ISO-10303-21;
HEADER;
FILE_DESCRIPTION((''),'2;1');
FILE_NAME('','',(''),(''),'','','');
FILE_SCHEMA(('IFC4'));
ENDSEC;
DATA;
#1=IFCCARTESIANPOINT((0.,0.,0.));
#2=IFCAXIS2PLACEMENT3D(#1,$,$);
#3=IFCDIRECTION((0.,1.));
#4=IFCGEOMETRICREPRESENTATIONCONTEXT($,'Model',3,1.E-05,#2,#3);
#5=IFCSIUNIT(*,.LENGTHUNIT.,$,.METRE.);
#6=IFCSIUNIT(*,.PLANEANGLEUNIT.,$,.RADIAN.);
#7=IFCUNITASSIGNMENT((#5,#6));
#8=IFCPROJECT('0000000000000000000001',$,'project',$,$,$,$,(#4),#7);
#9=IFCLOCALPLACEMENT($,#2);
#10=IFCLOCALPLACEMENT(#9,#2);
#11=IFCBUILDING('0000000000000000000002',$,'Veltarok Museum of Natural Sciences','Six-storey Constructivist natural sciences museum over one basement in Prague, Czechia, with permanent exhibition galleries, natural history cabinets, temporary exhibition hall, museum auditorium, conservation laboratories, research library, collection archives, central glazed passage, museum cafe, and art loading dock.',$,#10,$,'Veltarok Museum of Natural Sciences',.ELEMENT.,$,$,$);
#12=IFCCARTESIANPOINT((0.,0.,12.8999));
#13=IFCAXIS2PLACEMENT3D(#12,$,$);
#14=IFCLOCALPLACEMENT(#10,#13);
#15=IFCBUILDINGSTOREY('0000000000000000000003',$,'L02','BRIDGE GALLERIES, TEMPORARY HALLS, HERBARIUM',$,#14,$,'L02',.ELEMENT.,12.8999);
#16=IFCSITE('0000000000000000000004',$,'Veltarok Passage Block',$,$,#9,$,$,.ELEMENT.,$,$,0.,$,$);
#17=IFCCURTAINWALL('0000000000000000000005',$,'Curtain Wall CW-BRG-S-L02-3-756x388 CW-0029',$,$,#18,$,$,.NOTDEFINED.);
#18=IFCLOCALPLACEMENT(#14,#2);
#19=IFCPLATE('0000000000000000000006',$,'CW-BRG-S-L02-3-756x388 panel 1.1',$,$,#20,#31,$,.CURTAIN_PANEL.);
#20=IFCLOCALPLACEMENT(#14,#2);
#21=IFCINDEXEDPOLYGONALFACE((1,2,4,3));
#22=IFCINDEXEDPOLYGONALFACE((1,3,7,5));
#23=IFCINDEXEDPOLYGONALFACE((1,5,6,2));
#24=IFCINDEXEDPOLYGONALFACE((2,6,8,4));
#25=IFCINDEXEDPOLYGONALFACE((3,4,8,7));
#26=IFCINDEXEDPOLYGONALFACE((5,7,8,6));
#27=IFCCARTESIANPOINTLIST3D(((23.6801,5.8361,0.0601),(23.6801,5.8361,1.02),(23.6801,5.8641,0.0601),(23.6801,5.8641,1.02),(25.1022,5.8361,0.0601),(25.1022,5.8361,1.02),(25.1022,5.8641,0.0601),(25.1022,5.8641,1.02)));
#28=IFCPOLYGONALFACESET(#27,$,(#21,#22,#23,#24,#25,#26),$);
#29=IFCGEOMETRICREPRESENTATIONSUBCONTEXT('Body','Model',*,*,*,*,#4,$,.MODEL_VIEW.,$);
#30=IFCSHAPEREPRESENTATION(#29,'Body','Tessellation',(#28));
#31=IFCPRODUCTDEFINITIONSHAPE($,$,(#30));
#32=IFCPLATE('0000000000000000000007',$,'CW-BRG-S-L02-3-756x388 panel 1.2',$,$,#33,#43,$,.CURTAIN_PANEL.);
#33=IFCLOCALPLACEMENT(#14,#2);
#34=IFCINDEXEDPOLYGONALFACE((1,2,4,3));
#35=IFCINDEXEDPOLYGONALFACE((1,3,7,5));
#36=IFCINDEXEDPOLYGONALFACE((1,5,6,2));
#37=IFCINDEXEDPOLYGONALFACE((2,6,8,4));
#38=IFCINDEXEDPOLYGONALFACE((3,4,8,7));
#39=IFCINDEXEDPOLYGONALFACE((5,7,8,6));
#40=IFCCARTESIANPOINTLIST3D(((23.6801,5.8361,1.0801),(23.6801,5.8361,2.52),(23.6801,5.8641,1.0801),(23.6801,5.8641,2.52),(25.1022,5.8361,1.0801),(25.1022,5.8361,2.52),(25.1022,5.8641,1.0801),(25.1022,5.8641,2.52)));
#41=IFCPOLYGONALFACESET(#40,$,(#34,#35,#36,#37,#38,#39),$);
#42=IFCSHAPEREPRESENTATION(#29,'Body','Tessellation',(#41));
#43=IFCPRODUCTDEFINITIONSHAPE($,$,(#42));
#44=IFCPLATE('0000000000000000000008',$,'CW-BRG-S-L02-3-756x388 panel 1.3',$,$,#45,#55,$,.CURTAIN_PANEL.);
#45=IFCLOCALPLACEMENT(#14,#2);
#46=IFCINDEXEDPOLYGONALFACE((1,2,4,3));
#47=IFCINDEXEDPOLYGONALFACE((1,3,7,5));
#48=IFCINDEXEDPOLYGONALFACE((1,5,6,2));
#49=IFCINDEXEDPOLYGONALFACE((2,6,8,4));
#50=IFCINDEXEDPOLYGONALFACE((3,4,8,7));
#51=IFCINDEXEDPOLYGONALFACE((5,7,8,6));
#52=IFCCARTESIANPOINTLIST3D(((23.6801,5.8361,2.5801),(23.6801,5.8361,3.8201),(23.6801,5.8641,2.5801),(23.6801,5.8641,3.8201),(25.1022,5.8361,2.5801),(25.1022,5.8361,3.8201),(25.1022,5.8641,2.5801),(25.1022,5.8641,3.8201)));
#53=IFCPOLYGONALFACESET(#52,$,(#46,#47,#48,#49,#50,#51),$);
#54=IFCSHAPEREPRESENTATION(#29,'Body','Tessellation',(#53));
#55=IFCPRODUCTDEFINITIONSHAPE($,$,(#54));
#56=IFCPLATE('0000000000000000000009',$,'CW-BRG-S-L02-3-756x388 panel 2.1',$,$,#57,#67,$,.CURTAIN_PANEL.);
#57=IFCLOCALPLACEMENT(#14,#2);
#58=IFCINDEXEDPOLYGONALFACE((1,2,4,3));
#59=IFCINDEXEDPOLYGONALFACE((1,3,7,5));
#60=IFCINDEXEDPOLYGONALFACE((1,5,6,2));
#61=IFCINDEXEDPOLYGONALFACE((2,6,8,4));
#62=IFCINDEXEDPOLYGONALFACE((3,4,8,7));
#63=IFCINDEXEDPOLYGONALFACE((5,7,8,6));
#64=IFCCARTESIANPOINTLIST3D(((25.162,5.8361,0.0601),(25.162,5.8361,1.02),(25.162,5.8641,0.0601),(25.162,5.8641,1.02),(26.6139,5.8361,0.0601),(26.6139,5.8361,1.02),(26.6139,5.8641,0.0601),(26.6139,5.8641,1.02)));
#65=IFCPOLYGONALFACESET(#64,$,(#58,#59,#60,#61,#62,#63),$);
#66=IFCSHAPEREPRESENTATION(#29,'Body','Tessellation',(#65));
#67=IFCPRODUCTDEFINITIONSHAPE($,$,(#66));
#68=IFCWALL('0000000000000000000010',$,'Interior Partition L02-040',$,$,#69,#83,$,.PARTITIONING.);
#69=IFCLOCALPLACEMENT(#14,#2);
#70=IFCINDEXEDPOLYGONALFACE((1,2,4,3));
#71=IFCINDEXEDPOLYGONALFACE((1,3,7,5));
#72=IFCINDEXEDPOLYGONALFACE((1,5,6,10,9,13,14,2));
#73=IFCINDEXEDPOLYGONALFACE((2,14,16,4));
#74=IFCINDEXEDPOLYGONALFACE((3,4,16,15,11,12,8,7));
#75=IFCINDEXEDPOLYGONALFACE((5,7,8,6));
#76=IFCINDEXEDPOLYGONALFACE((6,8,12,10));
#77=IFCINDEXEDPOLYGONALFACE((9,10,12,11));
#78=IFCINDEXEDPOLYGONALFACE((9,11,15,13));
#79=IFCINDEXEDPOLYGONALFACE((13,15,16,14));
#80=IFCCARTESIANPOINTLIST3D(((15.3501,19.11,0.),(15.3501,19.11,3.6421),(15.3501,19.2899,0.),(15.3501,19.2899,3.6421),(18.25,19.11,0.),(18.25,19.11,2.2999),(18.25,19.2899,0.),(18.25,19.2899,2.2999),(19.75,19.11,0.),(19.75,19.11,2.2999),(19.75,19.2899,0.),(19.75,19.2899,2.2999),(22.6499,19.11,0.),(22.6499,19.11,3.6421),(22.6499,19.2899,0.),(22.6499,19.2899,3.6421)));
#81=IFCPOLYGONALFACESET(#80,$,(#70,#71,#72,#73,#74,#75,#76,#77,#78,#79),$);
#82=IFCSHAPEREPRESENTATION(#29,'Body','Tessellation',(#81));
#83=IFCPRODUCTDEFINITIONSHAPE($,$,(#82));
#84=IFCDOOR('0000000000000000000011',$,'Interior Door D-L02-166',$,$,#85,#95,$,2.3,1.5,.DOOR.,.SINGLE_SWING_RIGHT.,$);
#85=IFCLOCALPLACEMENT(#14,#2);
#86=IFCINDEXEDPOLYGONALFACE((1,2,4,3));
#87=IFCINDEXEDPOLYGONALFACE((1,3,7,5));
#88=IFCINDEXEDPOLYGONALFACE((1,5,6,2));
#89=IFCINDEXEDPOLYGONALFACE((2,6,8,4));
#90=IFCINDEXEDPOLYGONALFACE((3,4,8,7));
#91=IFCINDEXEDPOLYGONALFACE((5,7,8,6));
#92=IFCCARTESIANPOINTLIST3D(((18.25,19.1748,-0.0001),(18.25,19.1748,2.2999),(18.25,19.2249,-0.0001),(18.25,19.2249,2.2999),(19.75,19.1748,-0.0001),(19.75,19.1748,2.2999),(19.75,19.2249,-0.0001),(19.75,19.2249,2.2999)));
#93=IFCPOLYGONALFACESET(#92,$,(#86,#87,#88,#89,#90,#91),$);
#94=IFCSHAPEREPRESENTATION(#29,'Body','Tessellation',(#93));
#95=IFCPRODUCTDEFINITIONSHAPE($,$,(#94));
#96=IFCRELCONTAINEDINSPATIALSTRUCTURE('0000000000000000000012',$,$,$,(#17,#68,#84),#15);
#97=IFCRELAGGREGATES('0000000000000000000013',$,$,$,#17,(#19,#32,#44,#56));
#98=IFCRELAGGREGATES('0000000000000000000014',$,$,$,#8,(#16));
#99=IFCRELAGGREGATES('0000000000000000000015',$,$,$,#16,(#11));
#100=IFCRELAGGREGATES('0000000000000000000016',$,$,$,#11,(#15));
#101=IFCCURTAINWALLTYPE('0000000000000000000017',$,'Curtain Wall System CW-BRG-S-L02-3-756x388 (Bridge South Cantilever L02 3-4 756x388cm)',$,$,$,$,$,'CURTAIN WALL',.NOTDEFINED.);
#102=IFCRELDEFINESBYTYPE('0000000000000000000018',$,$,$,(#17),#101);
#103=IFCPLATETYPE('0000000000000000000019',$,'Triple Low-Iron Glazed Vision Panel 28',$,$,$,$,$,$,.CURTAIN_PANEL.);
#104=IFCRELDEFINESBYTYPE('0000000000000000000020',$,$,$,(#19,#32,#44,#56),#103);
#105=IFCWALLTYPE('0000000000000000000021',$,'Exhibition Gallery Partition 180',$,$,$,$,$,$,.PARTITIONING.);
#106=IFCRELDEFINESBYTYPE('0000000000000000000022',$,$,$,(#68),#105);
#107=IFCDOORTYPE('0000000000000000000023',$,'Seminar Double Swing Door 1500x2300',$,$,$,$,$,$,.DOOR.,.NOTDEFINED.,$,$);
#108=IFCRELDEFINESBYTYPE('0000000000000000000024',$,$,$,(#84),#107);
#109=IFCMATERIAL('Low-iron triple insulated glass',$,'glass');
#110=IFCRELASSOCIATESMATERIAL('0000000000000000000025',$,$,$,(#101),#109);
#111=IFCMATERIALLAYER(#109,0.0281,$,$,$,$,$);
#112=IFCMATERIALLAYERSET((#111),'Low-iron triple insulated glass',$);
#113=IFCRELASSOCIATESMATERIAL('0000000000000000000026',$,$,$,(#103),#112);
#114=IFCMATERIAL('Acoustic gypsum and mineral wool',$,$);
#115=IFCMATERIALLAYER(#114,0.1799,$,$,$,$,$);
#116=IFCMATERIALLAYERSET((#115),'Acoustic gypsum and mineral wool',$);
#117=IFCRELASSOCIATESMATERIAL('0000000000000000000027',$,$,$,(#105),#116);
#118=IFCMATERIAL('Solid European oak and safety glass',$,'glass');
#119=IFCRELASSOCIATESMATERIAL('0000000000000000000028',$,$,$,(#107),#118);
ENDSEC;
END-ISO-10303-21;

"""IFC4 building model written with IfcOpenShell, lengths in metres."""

from ifc_helpers import new_model, si_unit, direction, frame, frame_2d, origin, origin_2d, place, context, subcontext, project, spatial, rectangle, extrude, material, layer, layer_set, type_object, element, fill, aggregate, save


model = new_model("IFC4")

# Units and contexts
model_context = context("Model", 3, precision=1e-05, world=origin(), true_north=direction((0.0, 1.0)))
body_context = subcontext(model_context, "Body", "Model", "MODEL_VIEW")
ifc_project = project(units=[si_unit("LENGTHUNIT", "METRE"), si_unit("PLANEANGLEUNIT", "RADIAN")], contexts=[model_context])

# Site, building, storey
site_placement = place(None, origin())
site = spatial("IfcSite", under=ifc_project, at=site_placement, Name="Veltarok Passage Block", CompositionType="ELEMENT", RefElevation=0.0)
building_placement = place(site_placement, origin())
building = spatial("IfcBuilding", under=site, at=building_placement, Name="Veltarok Museum of Natural Sciences", Description="Six-storey Constructivist natural sciences museum over one basement in Prague, Czechia, with permanent exhibition galleries, natural history cabinets, temporary exhibition hall, museum auditorium, conservation laboratories, research library, collection archives, central glazed passage, museum cafe, and art loading dock.", LongName="Veltarok Museum of Natural Sciences", CompositionType="ELEMENT")
storey_placement = place(building_placement, frame((0.0, 0.0, 12.8999)))
storey = spatial("IfcBuildingStorey", under=building, at=storey_placement, Name="L02", Description="BRIDGE GALLERIES, TEMPORARY HALLS, HERBARIUM", LongName="L02", CompositionType="ELEMENT", Elevation=12.8999)

# Curtain wall
ifc_material_1 = material(Name="Low-iron triple insulated glass", Category="glass")
curtain_wall_type_1 = type_object("IfcCurtainWallType", Name="Curtain Wall System CW-BRG-S-L02-3-756x388 (Bridge South Cantilever L02 3-4 756x388cm)", ElementType="CURTAIN WALL", PredefinedType="NOTDEFINED", material=ifc_material_1)
curtain_wall_1_placement = place(storey_placement, origin())
curtain_wall_1 = element("IfcCurtainWall", 1, at=curtain_wall_1_placement, inside=storey, type_object=curtain_wall_type_1, Name="Curtain Wall CW-BRG-S-L02-3-756x388 CW-0029", PredefinedType="NOTDEFINED")

# Plates
ifc_layer_1 = layer(ifc_material_1, 0.0281)
ifc_layer_set_1 = layer_set([ifc_layer_1], Name="Low-iron triple insulated glass")
plate_type = type_object("IfcPlateType", Name="Triple Low-Iron Glazed Vision Panel 28", PredefinedType="CURTAIN_PANEL", material=ifc_layer_set_1)
plate_1_placement = place(storey_placement, frame((24.3911, 5.8501, 0.0601), z_axis=(0.0, 0.0, 1.0), x_axis=(1.0, 0.0, 0.0)))
plate_1 = element("IfcPlate", 2, at=plate_1_placement, type_object=plate_type, Name="CW-BRG-S-L02-3-756x388 panel 1.1", PredefinedType="CURTAIN_PANEL", context=body_context, shape_type="SweptSolid", body=[
    extrude(rectangle(XDim=1.4221, YDim=0.0281, at=origin_2d()), origin(), (0.0, 0.0, 1.0), 0.96),
])
plate_2_placement = place(storey_placement, frame((24.3911, 5.8501, 1.0801), z_axis=(0.0, 0.0, 1.0), x_axis=(1.0, 0.0, 0.0)))
plate_2 = element("IfcPlate", 3, at=plate_2_placement, type_object=plate_type, Name="CW-BRG-S-L02-3-756x388 panel 1.2", PredefinedType="CURTAIN_PANEL", context=body_context, shape_type="SweptSolid", body=[
    extrude(rectangle(XDim=1.4221, YDim=0.0281, at=origin_2d()), origin(), (0.0, 0.0, 1.0), 1.4399),
])
plate_3_placement = place(storey_placement, frame((24.3911, 5.8501, 2.5801), z_axis=(0.0, 0.0, 1.0), x_axis=(1.0, 0.0, 0.0)))
plate_3 = element("IfcPlate", 4, at=plate_3_placement, type_object=plate_type, Name="CW-BRG-S-L02-3-756x388 panel 1.3", PredefinedType="CURTAIN_PANEL", context=body_context, shape_type="SweptSolid", body=[
    extrude(rectangle(XDim=1.4221, YDim=0.0281, at=origin_2d()), origin(), (0.0, 0.0, 1.0), 1.24),
])
plate_4_placement = place(storey_placement, frame((25.8879, 5.8501, 0.0601), z_axis=(0.0, 0.0, 1.0), x_axis=(1.0, 0.0, 0.0)))
plate_4 = element("IfcPlate", 5, at=plate_4_placement, type_object=plate_type, Name="CW-BRG-S-L02-3-756x388 panel 2.1", PredefinedType="CURTAIN_PANEL", context=body_context, shape_type="SweptSolid", body=[
    extrude(rectangle(XDim=1.4519, YDim=0.0281, at=origin_2d()), origin(), (0.0, 0.0, 1.0), 0.96),
])
aggregate(curtain_wall_1, [plate_1, plate_2, plate_3, plate_4])

# Wall, opening, door
ifc_material_2 = material(Name="Acoustic gypsum and mineral wool")
ifc_layer_2 = layer(ifc_material_2, 0.1799)
ifc_layer_set_2 = layer_set([ifc_layer_2], Name="Acoustic gypsum and mineral wool")
wall_type = type_object("IfcWallType", Name="Exhibition Gallery Partition 180", PredefinedType="PARTITIONING", material=ifc_layer_set_2)
wall_placement = place(storey_placement, frame((15.3501, 19.2, 0.0), z_axis=(0.0, 0.0, 1.0), x_axis=(1.0, 0.0, 0.0)))
wall = element("IfcWall", 6, at=wall_placement, inside=storey, type_object=wall_type, Name="Interior Partition L02-040", PredefinedType="PARTITIONING", context=body_context, shape_type="SweptSolid", body=[
    extrude(rectangle(XDim=7.2998, YDim=0.1799, at=frame_2d((3.6499, 0.0))), origin(), (0.0, 0.0, 1.0), 3.6421),
])
opening_placement = place(wall_placement, frame((2.8999, 0.0, 0.0)))
opening = element("IfcOpeningElement", 7, at=opening_placement, cuts=wall, PredefinedType="OPENING", context=body_context, shape_type="SweptSolid", body=[
    extrude(rectangle(XDim=1.5, YDim=2.3, at=frame_2d((0.75, 1.1499))), frame((0.0, 0.1001, 0.0), z_axis=(0.0, -1.0, 0.0), x_axis=(1.0, 0.0, 0.0)), (0.0, 0.0, 1.0), 0.2),
])
ifc_material_3 = material(Name="Solid European oak and safety glass", Category="glass")
door_type = type_object("IfcDoorType", Name="Seminar Double Swing Door 1500x2300", OperationType="NOTDEFINED", PredefinedType="DOOR", material=ifc_material_3)
door_placement = place(opening_placement, origin())
door = element("IfcDoor", 8, at=door_placement, inside=storey, type_object=door_type, Name="Interior Door D-L02-166", OperationType="SINGLE_SWING_RIGHT", OverallHeight=2.3, OverallWidth=1.5, PredefinedType="DOOR", context=body_context, shape_type="SweptSolid", body=[
    extrude(rectangle(XDim=1.5, YDim=2.3, at=frame_2d((0.75, 1.1499))), frame((0.0, 0.0249, 0.0), z_axis=(0.0, -1.0, 0.0), x_axis=(1.0, 0.0, 0.0)), (0.0, 0.0, 1.0), 0.05),
])
fill(opening, door)

save(model, "model.ifc")
